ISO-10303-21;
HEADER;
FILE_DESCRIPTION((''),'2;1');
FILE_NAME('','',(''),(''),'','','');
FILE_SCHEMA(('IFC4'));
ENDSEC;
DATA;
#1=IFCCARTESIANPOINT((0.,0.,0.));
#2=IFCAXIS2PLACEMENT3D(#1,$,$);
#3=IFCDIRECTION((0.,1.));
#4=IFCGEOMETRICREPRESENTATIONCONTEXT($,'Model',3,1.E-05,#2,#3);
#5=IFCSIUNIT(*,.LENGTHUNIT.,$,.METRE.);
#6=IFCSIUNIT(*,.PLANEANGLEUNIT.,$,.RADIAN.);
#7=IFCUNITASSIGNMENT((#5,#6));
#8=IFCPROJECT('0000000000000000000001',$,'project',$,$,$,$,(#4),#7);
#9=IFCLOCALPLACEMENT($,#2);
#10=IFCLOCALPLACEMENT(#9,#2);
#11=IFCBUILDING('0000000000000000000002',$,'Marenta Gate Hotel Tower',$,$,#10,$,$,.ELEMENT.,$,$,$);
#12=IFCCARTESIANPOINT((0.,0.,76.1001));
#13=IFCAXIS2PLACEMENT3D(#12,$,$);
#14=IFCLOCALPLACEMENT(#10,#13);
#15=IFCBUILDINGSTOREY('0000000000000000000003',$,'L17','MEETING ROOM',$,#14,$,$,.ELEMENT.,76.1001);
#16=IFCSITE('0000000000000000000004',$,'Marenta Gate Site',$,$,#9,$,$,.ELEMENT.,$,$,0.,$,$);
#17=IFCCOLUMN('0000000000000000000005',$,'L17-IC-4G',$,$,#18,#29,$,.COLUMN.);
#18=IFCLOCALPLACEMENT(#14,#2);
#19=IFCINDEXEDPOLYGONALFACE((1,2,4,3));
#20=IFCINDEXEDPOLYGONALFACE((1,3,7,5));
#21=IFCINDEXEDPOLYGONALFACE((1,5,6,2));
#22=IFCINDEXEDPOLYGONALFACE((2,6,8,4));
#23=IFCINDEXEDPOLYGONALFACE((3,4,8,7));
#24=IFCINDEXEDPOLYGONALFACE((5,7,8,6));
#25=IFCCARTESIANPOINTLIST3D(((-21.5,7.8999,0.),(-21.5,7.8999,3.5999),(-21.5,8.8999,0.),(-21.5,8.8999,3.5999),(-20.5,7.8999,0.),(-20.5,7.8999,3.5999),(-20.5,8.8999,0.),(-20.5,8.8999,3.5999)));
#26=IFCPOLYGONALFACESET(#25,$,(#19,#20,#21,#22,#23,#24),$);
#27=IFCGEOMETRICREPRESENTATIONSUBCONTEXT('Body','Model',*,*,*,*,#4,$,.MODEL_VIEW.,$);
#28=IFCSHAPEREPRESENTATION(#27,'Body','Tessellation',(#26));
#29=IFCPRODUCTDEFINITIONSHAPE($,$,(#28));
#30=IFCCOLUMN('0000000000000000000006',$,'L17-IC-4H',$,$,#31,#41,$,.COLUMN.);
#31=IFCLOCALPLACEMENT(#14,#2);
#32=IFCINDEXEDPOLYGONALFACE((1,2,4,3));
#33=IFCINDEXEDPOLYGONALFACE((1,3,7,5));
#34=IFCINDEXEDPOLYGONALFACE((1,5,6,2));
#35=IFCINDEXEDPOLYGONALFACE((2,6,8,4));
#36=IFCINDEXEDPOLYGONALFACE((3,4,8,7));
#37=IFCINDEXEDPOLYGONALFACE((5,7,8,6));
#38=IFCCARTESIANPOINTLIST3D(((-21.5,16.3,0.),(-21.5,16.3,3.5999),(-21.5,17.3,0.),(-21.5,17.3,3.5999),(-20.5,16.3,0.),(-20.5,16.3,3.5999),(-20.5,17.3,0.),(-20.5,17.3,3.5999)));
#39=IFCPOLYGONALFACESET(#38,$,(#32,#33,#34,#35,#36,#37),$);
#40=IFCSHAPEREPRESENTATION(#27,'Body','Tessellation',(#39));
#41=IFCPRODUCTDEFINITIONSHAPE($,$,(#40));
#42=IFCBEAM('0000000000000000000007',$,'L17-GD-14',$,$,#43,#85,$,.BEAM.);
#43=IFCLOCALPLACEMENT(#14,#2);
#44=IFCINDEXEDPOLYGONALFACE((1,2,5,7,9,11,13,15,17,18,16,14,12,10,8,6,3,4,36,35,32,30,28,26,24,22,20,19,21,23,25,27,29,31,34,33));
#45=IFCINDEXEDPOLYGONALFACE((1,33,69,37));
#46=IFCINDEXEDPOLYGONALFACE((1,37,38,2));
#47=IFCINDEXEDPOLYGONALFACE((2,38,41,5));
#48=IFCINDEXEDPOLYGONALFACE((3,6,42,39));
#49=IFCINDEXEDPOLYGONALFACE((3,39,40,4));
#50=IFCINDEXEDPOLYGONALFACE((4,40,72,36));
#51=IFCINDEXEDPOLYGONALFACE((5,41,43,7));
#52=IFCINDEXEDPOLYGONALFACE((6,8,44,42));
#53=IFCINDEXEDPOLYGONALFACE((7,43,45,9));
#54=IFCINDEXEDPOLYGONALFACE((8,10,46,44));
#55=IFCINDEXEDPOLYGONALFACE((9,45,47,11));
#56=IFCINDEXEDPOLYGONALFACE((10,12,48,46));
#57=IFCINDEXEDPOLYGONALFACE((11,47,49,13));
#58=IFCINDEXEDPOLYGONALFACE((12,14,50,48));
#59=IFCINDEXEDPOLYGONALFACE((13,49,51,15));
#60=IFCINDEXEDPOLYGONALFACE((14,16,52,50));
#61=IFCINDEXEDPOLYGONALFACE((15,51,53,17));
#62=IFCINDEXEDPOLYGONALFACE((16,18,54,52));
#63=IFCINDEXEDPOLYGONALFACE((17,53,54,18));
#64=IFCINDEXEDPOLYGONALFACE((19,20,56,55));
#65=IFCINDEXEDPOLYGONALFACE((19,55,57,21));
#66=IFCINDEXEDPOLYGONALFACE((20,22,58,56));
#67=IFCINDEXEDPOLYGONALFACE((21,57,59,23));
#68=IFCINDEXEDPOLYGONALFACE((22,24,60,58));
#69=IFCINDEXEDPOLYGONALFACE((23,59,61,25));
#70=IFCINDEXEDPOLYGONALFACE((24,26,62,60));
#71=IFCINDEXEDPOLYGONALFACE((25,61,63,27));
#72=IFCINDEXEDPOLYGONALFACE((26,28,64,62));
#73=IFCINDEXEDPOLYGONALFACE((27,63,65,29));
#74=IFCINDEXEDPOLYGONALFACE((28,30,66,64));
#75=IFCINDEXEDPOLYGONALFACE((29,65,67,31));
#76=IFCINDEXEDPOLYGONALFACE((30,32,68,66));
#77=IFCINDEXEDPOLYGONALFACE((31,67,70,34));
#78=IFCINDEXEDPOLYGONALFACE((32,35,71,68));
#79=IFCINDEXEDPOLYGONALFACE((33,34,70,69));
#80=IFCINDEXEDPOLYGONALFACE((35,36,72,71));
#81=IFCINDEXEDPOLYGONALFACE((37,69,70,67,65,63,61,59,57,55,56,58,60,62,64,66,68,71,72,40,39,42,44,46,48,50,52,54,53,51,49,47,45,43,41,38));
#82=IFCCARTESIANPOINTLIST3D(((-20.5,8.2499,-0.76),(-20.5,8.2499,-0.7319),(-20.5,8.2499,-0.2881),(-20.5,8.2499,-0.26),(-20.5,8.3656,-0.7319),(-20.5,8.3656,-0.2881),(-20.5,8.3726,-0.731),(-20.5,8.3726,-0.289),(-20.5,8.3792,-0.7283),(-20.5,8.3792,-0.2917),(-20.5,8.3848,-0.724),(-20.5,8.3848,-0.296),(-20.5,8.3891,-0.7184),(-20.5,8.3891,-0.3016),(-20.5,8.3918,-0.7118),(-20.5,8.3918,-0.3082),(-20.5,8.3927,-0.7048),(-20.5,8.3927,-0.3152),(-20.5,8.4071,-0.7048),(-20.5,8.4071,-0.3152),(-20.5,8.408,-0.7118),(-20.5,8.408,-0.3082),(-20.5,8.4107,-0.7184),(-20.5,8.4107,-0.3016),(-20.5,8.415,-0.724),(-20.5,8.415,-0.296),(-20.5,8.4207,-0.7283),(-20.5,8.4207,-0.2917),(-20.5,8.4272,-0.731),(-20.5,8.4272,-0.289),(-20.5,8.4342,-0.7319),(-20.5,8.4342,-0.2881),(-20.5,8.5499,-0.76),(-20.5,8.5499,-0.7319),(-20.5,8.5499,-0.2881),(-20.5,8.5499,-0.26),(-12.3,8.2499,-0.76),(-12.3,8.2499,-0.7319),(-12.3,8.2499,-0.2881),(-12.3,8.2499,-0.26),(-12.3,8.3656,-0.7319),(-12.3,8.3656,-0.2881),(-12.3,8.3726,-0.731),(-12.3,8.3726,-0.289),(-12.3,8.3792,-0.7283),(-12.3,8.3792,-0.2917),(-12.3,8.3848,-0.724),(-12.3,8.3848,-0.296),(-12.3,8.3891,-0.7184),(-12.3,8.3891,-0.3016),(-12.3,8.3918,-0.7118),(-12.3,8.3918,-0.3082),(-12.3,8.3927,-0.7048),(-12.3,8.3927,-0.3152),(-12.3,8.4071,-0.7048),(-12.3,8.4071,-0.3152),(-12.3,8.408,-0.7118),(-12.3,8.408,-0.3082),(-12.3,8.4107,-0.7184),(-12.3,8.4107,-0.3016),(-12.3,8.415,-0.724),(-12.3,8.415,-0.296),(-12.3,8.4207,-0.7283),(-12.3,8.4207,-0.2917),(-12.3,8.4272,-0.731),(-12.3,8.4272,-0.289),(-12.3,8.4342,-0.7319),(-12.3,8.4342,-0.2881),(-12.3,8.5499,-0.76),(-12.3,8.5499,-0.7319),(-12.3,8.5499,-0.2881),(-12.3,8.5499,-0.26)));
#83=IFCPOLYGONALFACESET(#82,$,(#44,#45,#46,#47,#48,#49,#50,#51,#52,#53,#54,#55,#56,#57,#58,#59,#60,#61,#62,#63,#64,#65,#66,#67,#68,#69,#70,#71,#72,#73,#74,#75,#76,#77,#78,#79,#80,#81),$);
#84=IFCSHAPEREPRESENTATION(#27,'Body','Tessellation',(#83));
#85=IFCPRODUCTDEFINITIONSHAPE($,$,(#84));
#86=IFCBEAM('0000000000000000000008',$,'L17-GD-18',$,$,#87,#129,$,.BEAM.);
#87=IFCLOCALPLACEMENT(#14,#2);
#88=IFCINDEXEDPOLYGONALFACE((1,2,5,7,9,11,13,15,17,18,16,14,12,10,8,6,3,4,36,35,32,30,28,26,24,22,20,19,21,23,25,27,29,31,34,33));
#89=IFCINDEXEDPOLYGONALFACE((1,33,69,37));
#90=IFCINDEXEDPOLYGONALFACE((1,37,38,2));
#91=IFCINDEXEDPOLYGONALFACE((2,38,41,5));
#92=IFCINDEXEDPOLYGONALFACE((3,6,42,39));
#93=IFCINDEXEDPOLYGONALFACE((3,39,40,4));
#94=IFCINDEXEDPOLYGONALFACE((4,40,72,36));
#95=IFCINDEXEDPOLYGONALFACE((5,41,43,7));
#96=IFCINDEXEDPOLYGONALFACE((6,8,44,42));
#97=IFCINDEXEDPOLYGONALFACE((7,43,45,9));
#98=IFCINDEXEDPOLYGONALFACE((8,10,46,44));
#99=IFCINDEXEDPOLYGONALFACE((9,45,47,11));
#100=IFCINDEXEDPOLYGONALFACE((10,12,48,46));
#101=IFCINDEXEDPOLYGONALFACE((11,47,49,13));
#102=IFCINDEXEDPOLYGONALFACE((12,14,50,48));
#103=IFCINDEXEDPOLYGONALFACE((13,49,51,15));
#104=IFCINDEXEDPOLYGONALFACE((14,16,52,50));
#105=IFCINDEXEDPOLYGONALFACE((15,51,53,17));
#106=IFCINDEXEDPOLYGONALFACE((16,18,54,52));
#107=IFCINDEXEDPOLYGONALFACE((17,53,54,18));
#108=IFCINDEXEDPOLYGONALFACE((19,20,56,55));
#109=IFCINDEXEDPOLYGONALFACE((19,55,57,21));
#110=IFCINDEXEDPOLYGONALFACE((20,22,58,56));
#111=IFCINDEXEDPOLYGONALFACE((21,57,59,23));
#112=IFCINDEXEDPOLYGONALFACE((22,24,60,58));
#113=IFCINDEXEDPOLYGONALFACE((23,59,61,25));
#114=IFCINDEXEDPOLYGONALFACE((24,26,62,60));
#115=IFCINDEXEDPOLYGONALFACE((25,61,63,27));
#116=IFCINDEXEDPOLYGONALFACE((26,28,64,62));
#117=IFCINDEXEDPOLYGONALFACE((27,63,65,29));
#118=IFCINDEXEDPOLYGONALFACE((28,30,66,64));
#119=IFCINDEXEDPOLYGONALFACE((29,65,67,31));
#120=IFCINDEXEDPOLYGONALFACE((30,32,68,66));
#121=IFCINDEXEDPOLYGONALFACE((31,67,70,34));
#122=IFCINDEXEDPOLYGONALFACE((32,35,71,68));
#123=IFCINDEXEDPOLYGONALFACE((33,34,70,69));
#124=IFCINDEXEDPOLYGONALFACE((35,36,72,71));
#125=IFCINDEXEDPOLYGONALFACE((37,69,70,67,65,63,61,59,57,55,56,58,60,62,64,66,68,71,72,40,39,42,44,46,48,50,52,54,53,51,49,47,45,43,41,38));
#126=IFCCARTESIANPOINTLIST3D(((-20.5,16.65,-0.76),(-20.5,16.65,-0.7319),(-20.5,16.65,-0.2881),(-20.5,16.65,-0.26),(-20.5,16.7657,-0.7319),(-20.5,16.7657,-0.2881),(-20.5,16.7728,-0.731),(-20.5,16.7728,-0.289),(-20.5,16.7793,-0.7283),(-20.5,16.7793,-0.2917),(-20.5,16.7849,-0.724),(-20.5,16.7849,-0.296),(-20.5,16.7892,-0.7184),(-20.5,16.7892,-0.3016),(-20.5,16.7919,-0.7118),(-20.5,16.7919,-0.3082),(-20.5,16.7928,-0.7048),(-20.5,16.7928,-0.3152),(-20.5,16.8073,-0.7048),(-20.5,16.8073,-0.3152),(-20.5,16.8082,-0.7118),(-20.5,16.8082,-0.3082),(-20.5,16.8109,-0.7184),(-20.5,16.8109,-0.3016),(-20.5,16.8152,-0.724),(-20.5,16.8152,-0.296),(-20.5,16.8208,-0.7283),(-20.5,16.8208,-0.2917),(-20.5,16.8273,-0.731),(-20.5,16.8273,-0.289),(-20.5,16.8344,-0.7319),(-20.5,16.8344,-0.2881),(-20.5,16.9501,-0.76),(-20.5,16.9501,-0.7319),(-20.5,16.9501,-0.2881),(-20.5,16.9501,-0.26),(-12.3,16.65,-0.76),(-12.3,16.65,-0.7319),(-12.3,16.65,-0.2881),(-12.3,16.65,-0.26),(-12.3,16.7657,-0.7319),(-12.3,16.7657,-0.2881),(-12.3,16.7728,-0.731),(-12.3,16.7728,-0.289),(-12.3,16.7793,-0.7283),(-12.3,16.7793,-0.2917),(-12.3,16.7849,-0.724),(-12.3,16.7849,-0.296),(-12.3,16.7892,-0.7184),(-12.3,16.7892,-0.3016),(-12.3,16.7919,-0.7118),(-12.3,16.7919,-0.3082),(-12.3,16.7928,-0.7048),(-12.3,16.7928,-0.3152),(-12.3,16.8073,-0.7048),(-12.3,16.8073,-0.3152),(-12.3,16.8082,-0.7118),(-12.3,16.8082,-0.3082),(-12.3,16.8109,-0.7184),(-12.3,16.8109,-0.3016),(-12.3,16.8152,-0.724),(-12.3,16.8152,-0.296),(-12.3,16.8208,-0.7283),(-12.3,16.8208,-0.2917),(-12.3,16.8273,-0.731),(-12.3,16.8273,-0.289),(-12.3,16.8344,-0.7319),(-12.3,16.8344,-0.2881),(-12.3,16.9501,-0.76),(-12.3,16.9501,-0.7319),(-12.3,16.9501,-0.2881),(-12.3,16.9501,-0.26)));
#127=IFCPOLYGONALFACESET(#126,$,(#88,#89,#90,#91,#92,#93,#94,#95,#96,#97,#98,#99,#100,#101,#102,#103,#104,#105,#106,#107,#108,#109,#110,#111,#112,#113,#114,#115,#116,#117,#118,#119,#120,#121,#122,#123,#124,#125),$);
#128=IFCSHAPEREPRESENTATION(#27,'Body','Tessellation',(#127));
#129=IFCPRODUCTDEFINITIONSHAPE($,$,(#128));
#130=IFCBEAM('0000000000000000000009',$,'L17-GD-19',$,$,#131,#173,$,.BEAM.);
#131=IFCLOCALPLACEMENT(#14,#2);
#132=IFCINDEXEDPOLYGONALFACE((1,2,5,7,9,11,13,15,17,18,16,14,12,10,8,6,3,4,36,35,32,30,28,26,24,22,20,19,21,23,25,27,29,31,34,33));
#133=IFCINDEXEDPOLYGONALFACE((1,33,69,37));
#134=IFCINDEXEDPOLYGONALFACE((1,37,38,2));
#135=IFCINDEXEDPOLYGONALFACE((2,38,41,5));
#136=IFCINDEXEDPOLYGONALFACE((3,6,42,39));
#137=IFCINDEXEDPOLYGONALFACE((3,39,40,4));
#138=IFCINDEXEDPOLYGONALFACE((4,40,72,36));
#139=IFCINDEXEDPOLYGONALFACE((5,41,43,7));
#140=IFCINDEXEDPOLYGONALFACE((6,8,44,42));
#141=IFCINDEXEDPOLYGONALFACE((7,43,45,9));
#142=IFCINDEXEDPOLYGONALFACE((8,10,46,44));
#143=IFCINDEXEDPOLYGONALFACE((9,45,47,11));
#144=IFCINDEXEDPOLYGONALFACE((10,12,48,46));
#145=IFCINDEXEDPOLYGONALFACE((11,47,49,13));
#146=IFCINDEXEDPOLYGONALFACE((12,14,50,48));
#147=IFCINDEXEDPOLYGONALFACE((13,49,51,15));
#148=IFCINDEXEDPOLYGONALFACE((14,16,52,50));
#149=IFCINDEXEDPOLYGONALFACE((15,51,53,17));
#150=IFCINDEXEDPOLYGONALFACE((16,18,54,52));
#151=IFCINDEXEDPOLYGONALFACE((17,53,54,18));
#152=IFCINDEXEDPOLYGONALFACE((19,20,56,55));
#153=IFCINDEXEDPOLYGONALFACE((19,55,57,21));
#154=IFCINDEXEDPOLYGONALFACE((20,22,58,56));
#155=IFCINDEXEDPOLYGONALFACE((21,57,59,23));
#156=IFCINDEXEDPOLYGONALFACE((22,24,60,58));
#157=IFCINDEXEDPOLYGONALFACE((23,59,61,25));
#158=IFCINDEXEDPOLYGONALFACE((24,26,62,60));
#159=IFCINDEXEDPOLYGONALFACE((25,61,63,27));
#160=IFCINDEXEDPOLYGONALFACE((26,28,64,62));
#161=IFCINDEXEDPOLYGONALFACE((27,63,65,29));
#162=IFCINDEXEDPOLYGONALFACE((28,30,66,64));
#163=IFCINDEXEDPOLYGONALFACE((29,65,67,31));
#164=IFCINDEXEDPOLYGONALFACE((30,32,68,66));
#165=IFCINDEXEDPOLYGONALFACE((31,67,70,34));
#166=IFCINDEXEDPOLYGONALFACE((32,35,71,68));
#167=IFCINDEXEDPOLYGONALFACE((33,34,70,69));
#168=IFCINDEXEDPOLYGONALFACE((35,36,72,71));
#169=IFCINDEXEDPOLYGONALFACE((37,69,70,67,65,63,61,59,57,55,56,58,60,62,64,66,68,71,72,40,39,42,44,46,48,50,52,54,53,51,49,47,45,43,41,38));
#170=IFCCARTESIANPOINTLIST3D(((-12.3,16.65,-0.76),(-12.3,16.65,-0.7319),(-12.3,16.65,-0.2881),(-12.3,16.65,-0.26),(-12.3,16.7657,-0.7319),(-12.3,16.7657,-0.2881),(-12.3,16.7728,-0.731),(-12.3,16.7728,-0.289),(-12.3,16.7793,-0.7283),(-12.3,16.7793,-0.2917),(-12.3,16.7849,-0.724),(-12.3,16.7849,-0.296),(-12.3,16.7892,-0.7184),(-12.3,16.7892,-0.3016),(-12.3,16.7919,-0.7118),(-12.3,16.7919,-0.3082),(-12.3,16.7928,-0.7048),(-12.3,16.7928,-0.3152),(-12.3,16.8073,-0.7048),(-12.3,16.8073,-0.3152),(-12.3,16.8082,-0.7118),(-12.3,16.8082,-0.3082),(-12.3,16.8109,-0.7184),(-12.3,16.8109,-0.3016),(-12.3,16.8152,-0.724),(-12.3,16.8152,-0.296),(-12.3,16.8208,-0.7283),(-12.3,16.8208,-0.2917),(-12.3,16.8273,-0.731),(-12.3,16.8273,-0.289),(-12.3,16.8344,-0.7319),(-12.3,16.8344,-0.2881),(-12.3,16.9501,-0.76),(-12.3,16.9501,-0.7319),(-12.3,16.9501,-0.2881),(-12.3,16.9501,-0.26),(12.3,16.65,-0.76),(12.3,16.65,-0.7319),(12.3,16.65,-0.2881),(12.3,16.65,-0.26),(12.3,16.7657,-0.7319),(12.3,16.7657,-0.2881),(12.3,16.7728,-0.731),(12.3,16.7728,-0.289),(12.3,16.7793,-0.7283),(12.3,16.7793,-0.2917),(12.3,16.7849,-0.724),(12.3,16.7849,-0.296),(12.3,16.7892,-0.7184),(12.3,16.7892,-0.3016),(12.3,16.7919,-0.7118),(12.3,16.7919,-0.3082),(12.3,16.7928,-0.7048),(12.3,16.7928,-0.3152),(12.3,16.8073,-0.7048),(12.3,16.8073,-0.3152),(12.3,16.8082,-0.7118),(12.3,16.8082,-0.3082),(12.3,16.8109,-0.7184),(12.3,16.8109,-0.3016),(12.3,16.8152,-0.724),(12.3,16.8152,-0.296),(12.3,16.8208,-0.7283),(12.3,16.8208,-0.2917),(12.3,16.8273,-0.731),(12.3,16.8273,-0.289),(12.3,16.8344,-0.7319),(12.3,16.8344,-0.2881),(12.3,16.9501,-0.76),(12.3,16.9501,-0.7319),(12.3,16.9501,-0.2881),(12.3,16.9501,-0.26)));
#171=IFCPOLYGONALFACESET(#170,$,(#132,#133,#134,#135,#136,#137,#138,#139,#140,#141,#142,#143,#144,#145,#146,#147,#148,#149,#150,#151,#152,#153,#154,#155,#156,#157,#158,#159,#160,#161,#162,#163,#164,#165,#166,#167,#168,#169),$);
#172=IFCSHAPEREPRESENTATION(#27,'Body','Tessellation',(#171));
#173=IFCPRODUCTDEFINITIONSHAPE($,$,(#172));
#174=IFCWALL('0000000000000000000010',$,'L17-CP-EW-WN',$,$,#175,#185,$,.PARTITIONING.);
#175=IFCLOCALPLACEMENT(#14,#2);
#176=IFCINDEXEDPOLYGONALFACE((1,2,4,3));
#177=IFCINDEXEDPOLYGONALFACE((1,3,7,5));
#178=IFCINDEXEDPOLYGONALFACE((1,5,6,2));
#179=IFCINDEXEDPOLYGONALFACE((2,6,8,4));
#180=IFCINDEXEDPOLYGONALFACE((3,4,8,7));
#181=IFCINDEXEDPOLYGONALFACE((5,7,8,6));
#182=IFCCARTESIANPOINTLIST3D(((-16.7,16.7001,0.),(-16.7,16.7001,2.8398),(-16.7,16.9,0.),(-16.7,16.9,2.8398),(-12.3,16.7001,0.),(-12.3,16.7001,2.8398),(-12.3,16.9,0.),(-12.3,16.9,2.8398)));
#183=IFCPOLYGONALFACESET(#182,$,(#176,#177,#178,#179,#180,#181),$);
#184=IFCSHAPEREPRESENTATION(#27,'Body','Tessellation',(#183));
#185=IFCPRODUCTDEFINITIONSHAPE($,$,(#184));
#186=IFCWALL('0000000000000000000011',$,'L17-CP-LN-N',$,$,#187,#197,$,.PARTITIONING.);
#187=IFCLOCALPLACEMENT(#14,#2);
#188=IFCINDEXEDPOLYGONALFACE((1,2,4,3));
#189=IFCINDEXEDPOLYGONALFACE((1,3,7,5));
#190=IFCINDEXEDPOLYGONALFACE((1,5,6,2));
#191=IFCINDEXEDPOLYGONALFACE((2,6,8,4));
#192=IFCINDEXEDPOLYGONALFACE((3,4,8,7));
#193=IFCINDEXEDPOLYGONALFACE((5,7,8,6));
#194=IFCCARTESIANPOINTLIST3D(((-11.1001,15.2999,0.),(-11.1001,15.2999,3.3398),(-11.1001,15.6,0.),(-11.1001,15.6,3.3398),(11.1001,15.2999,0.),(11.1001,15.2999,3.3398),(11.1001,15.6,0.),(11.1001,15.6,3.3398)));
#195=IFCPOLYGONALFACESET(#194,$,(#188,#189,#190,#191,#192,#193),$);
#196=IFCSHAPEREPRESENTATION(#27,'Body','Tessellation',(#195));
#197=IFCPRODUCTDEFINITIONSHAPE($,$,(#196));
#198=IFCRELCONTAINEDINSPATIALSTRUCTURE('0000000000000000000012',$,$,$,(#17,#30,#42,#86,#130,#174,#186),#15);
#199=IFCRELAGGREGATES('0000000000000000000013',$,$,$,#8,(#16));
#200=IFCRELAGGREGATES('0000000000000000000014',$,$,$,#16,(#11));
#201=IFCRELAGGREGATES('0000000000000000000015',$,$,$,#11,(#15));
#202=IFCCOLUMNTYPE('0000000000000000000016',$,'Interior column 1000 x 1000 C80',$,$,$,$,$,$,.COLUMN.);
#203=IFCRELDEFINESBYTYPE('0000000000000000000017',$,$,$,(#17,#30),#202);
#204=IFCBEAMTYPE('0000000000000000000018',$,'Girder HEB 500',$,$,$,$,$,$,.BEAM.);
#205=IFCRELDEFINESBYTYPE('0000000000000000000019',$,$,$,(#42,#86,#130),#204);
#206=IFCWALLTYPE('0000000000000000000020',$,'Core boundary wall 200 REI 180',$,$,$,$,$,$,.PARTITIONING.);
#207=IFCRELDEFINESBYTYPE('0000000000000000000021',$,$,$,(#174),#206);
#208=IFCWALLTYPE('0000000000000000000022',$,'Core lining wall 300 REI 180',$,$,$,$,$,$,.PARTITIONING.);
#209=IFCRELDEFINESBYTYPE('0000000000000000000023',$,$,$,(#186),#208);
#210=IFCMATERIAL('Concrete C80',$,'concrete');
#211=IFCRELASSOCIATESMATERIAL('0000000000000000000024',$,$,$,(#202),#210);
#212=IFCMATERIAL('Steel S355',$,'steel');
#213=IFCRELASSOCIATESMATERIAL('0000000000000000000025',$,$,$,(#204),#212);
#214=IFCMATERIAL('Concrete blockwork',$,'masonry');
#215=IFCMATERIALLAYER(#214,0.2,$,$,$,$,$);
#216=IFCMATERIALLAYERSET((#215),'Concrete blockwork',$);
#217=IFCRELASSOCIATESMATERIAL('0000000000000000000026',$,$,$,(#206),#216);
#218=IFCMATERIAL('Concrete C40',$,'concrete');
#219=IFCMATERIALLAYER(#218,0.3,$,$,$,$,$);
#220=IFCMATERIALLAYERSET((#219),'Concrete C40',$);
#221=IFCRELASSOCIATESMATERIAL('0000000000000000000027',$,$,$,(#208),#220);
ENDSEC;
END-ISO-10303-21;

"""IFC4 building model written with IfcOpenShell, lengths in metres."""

from ifc_helpers import new_model, si_unit, direction, frame, frame_2d, origin, origin_2d, place, context, subcontext, project, spatial, rectangle, i_section, extrude, material, layer, layer_set, material_profile, profile_set, type_object, element, save


model = new_model("IFC4")

# Units and contexts
model_context = context("Model", 3, precision=1e-05, world=origin(), true_north=direction((0.0, 1.0)))
body_context = subcontext(model_context, "Body", "Model", "MODEL_VIEW")
ifc_project = project(units=[si_unit("LENGTHUNIT", "METRE"), si_unit("PLANEANGLEUNIT", "RADIAN")], contexts=[model_context])

# Site, building, storey
site_placement = place(None, origin())
site = spatial("IfcSite", under=ifc_project, at=site_placement, Name="Marenta Gate Site", CompositionType="ELEMENT", RefElevation=0.0)
building_placement = place(site_placement, origin())
building = spatial("IfcBuilding", under=site, at=building_placement, Name="Marenta Gate Hotel Tower", CompositionType="ELEMENT")
storey_placement = place(building_placement, frame((0.0, 0.0, 76.1001)))
storey = spatial("IfcBuildingStorey", under=building, at=storey_placement, Name="L17", Description="MEETING ROOM", CompositionType="ELEMENT", Elevation=76.1001)

# Columns
ifc_material_1 = material(Name="Concrete C80", Category="concrete")
ifc_material_profile_1 = material_profile(ifc_material_1, rectangle(XDim=1.0, YDim=1.0, at=origin_2d()), Name="1000 x 1000")
ifc_profile_set_1 = profile_set([ifc_material_profile_1], Name="Concrete C80")
column_type = type_object("IfcColumnType", Name="Interior column 1000 x 1000 C80", PredefinedType="COLUMN", material=ifc_profile_set_1)
for number, where, z_axis, x_axis, name in (
    (1, (-21.0, 8.3999, 0.0), (0.0, 0.0, 1.0), (1.0, 0.0, 0.0), "L17-IC-4G"),
    (2, (-21.0, 16.8, 0.0), (0.0, 0.0, 1.0), (1.0, 0.0, 0.0), "L17-IC-4H"),
):
    element("IfcColumn", number, at=place(storey_placement, frame(where, z_axis=z_axis, x_axis=x_axis)), inside=storey, type_object=column_type, Name=name, PredefinedType="COLUMN", context=body_context, shape_type="SweptSolid", body=[
        extrude(rectangle(XDim=1.0, YDim=1.0, at=origin_2d()), origin(), (0.0, 0.0, 1.0), 3.5999),
    ])

# Beams
ifc_material_2 = material(Name="Steel S355", Category="steel")
ifc_material_profile_2 = material_profile(ifc_material_2, i_section(OverallWidth=0.3, OverallDepth=0.5, WebThickness=0.0144, FlangeThickness=0.0281, FilletRadius=0.0271, at=origin_2d()), Name="HEB 500")
ifc_profile_set_2 = profile_set([ifc_material_profile_2], Name="Steel S355")
beam_type = type_object("IfcBeamType", Name="Girder HEB 500", PredefinedType="BEAM", material=ifc_profile_set_2)
for number, where, z_axis, x_axis, name in (
    (3, (-20.5, 8.3999, -0.51), (1.0, 0.0, 0.0), (0.0, 1.0, 0.0), "L17-GD-14"),
    (4, (-20.5, 16.8, -0.51), (1.0, 0.0, 0.0), (0.0, 1.0, 0.0), "L17-GD-18"),
):
    element("IfcBeam", number, at=place(storey_placement, frame(where, z_axis=z_axis, x_axis=x_axis)), inside=storey, type_object=beam_type, Name=name, PredefinedType="BEAM", context=body_context, shape_type="SweptSolid", body=[
        extrude(i_section(OverallWidth=0.3, OverallDepth=0.5, WebThickness=0.0144, FlangeThickness=0.0281, FilletRadius=0.0271, at=origin_2d()), origin(), (0.0, 0.0, 1.0), 8.2),
    ])
beam_placement = place(storey_placement, frame((-12.3, 16.8, -0.51), z_axis=(1.0, 0.0, 0.0), x_axis=(0.0, 1.0, 0.0)))
element("IfcBeam", 5, at=beam_placement, inside=storey, type_object=beam_type, Name="L17-GD-19", PredefinedType="BEAM", context=body_context, shape_type="SweptSolid", body=[
    extrude(i_section(OverallWidth=0.3, OverallDepth=0.5, WebThickness=0.0144, FlangeThickness=0.0281, FilletRadius=0.0271, at=origin_2d()), origin(), (0.0, 0.0, 1.0), 24.6001),
])

# Walls
ifc_material_3 = material(Name="Concrete blockwork", Category="masonry")
ifc_layer_1 = layer(ifc_material_3, 0.2)
ifc_layer_set_1 = layer_set([ifc_layer_1], Name="Concrete blockwork")
wall_type_1 = type_object("IfcWallType", Name="Core boundary wall 200 REI 180", PredefinedType="PARTITIONING", material=ifc_layer_set_1)
wall_1_placement = place(storey_placement, frame((-16.7, 16.8, 0.0), z_axis=(0.0, 0.0, 1.0), x_axis=(1.0, 0.0, 0.0)))
element("IfcWall", 6, at=wall_1_placement, inside=storey, type_object=wall_type_1, Name="L17-CP-EW-WN", PredefinedType="PARTITIONING", context=body_context, shape_type="SweptSolid", body=[
    extrude(rectangle(XDim=4.3999, YDim=0.2, at=frame_2d((2.2, 0.0))), origin(), (0.0, 0.0, 1.0), 2.8398),
])
ifc_material_4 = material(Name="Concrete C40", Category="concrete")
ifc_layer_2 = layer(ifc_material_4, 0.3)
ifc_layer_set_2 = layer_set([ifc_layer_2], Name="Concrete C40")
wall_type_2 = type_object("IfcWallType", Name="Core lining wall 300 REI 180", PredefinedType="PARTITIONING", material=ifc_layer_set_2)
wall_2_placement = place(storey_placement, frame((-11.1001, 15.45, 0.0), z_axis=(0.0, 0.0, 1.0), x_axis=(1.0, 0.0, 0.0)))
element("IfcWall", 7, at=wall_2_placement, inside=storey, type_object=wall_type_2, Name="L17-CP-LN-N", PredefinedType="PARTITIONING", context=body_context, shape_type="SweptSolid", body=[
    extrude(rectangle(XDim=22.2002, YDim=0.3, at=frame_2d((11.1001, 0.0))), origin(), (0.0, 0.0, 1.0), 3.3398),
])

save(model, "model.ifc")
